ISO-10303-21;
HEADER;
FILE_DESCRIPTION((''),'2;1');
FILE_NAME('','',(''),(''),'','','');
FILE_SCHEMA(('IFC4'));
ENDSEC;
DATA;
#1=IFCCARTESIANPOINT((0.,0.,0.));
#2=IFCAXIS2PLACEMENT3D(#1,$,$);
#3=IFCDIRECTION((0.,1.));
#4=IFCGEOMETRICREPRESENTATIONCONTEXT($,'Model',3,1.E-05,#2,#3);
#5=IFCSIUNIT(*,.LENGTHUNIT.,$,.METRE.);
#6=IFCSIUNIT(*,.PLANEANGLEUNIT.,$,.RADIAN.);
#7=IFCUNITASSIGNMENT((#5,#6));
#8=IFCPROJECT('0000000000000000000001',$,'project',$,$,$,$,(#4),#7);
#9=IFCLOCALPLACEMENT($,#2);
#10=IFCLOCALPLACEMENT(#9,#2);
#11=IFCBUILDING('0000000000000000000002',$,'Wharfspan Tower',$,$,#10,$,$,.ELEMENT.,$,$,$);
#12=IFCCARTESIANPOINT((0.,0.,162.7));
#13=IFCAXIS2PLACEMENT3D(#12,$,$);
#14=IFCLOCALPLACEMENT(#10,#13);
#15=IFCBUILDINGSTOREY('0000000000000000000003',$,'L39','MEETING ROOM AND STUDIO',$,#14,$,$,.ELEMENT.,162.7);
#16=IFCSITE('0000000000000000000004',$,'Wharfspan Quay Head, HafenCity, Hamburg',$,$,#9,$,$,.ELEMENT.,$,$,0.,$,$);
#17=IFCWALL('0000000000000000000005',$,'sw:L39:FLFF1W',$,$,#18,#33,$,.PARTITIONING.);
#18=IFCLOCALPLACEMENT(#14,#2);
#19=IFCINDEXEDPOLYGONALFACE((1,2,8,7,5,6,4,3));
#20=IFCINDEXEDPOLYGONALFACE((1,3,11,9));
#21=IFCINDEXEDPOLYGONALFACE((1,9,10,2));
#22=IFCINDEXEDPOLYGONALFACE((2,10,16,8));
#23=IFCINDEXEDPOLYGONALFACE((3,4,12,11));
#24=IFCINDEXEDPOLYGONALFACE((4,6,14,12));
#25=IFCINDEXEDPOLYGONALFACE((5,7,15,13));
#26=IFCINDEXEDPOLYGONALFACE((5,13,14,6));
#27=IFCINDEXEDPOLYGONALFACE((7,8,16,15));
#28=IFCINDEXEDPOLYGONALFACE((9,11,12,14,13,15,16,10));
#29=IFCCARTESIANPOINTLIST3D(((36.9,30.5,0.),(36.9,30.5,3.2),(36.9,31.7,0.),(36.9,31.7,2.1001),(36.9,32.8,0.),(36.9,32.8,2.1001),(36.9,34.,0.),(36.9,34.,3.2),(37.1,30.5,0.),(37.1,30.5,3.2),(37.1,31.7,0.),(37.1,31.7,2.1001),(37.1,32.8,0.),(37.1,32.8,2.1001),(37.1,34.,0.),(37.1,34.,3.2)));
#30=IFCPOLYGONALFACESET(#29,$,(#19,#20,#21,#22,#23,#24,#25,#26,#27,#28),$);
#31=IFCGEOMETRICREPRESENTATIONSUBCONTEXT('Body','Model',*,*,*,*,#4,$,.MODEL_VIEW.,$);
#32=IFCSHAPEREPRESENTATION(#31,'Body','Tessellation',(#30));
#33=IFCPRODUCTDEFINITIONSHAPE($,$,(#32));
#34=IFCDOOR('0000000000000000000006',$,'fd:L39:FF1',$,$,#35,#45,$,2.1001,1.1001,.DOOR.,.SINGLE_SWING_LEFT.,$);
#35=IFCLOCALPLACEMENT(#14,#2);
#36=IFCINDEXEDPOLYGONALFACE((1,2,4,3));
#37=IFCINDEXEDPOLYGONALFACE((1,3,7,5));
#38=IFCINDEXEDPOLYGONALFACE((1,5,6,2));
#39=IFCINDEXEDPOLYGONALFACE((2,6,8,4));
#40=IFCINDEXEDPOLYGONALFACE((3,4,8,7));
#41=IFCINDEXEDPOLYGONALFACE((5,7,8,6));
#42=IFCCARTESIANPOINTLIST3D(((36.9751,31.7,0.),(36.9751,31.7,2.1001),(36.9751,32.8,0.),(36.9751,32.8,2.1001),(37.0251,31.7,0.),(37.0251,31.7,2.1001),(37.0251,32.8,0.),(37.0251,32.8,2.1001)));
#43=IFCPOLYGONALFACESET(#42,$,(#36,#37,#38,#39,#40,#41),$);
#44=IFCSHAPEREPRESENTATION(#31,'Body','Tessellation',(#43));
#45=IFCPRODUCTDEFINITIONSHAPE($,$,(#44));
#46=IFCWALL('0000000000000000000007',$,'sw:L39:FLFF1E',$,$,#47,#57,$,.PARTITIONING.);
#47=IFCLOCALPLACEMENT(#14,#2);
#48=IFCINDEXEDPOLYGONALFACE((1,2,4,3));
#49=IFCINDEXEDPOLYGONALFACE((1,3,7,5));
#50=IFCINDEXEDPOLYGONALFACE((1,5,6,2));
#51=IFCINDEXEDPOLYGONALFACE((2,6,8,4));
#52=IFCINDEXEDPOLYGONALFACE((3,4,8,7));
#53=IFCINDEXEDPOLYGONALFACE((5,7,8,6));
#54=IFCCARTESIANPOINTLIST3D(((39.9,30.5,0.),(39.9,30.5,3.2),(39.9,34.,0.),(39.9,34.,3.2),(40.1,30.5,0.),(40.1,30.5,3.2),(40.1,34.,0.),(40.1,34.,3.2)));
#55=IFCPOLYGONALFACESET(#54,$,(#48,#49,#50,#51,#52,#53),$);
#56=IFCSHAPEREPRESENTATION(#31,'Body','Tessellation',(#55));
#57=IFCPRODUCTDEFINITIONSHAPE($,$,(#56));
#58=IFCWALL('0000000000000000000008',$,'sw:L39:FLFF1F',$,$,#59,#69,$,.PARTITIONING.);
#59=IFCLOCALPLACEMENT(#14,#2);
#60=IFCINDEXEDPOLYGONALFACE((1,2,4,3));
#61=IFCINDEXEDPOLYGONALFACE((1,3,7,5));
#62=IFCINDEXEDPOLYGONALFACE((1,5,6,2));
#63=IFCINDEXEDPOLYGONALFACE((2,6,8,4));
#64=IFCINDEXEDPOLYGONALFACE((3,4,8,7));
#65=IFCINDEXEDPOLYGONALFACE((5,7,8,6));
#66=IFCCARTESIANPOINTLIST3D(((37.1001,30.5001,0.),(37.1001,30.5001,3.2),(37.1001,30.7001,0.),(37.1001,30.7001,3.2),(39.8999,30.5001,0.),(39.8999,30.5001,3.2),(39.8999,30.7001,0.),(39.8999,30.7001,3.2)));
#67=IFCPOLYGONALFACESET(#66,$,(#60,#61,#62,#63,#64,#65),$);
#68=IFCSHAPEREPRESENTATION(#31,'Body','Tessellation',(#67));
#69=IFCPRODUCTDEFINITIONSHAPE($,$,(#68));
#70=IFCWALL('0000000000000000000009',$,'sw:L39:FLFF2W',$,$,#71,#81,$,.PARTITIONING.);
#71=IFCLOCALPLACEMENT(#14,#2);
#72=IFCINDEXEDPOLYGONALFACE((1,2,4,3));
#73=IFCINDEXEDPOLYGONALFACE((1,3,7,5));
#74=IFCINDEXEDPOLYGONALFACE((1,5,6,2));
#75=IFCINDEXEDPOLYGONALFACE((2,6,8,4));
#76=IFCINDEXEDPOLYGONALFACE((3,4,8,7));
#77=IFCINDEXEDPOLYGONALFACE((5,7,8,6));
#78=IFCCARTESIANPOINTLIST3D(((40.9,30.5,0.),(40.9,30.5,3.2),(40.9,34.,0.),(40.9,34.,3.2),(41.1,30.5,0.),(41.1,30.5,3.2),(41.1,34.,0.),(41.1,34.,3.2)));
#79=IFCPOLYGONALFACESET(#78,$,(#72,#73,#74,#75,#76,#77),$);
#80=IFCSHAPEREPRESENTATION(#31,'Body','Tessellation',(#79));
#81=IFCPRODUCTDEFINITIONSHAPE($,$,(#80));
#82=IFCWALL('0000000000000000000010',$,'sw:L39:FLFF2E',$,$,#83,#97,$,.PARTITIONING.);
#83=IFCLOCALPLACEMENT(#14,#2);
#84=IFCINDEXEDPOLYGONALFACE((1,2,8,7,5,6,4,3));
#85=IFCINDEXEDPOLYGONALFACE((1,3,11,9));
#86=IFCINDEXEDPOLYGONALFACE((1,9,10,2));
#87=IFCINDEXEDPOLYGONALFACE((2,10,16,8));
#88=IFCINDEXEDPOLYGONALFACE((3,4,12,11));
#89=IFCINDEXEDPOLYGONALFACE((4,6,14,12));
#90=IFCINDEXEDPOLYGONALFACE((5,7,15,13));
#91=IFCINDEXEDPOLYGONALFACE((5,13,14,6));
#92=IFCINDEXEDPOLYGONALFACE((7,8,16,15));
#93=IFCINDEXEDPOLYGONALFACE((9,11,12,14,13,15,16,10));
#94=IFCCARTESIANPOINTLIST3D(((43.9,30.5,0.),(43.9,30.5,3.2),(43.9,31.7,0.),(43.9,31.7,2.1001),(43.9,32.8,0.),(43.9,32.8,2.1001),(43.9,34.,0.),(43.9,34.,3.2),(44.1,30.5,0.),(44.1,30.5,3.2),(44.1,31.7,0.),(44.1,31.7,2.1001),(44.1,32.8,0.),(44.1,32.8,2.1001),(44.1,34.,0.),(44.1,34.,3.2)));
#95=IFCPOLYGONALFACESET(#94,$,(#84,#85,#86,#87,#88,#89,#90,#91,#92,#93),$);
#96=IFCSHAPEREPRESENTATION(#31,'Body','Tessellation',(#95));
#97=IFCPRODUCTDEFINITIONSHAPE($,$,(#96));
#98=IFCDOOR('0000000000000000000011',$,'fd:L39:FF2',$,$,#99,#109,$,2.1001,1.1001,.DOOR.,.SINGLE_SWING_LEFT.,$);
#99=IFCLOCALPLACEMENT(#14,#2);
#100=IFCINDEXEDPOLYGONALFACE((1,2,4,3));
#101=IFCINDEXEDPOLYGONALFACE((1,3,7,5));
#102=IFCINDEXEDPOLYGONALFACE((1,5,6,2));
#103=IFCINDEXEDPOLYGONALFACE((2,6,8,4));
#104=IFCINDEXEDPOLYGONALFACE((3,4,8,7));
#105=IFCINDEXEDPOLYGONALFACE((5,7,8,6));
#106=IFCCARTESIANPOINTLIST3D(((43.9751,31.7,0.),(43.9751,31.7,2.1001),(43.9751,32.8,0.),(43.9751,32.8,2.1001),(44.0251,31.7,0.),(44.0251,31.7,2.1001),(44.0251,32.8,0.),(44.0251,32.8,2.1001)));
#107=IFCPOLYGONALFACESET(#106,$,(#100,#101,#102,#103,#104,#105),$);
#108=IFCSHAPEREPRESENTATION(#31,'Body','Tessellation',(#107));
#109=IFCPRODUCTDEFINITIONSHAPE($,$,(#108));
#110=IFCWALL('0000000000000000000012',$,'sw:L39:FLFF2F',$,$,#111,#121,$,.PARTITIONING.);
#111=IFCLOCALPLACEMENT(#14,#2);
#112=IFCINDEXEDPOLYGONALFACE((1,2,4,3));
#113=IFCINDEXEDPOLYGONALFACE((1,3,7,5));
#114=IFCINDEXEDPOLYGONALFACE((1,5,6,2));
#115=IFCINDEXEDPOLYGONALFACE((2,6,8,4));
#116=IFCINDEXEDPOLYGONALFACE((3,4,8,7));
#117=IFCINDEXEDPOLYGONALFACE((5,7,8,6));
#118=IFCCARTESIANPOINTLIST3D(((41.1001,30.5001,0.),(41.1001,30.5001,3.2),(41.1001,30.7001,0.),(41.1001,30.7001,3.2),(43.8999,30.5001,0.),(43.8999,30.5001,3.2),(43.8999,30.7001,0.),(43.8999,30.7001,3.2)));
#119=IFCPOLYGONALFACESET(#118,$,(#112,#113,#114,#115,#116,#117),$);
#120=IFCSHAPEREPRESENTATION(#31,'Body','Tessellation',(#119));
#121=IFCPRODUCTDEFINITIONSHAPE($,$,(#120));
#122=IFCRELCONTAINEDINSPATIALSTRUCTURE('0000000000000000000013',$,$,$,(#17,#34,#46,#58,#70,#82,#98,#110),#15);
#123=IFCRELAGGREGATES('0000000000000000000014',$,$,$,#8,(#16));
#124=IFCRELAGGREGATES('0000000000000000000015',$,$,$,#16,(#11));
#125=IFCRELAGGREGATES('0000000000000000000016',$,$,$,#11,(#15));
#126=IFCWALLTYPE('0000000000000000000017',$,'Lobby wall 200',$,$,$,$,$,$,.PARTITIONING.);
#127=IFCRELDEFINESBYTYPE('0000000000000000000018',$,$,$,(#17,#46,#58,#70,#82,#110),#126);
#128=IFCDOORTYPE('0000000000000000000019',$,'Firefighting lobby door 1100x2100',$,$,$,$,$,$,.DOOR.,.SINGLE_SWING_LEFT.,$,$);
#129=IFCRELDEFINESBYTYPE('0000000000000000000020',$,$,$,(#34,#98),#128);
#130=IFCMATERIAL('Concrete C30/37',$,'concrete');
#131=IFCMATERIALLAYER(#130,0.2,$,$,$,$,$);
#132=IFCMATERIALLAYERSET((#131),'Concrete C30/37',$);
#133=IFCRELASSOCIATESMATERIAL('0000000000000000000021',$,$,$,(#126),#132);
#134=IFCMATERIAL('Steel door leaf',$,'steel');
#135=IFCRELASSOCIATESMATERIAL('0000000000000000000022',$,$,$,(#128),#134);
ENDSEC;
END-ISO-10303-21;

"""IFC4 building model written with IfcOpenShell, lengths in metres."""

from ifc_helpers import new_model, si_unit, direction, frame, frame_2d, origin, place, context, subcontext, project, spatial, rectangle, extrude, material, layer, layer_set, type_object, element, fill, save


model = new_model("IFC4")

# Units and contexts
model_context = context("Model", 3, precision=1e-05, world=origin(), true_north=direction((0.0, 1.0)))
body_context = subcontext(model_context, "Body", "Model", "MODEL_VIEW")
ifc_project = project(units=[si_unit("LENGTHUNIT", "METRE"), si_unit("PLANEANGLEUNIT", "RADIAN")], contexts=[model_context])

# Site, building, storey
site_placement = place(None, origin())
site = spatial("IfcSite", under=ifc_project, at=site_placement, Name="Wharfspan Quay Head, HafenCity, Hamburg", CompositionType="ELEMENT", RefElevation=0.0)
building_placement = place(site_placement, origin())
building = spatial("IfcBuilding", under=site, at=building_placement, Name="Wharfspan Tower", CompositionType="ELEMENT")
storey_placement = place(building_placement, frame((0.0, 0.0, 162.7)))
storey = spatial("IfcBuildingStorey", under=building, at=storey_placement, Name="L39", Description="MEETING ROOM AND STUDIO", CompositionType="ELEMENT", Elevation=162.7)

# Shared definitions
ifc_material_1 = material(Name="Steel door leaf", Category="steel")

# Wall, opening, door
ifc_material_2 = material(Name="Concrete C30/37", Category="concrete")
ifc_layer_1 = layer(ifc_material_2, 0.2)
ifc_layer_set_1 = layer_set([ifc_layer_1], Name="Concrete C30/37")
wall_type_1 = type_object("IfcWallType", Name="Lobby wall 200", PredefinedType="PARTITIONING", material=ifc_layer_set_1)
wall_1_placement = place(storey_placement, frame((37.0, 30.5, 0.0), z_axis=(0.0, 0.0, 1.0), x_axis=(0.0, 1.0, 0.0)))
wall_1 = element("IfcWall", 1, at=wall_1_placement, inside=storey, type_object=wall_type_1, Name="sw:L39:FLFF1W", PredefinedType="PARTITIONING", context=body_context, shape_type="SweptSolid", body=[
    extrude(rectangle(XDim=3.5, YDim=0.2, at=frame_2d((1.75, 0.0))), origin(), (0.0, 0.0, 1.0), 3.2),
])
opening_1_placement = place(wall_1_placement, frame((1.2, 0.0, 0.0)))
opening_1 = element("IfcOpeningElement", 2, at=opening_1_placement, cuts=wall_1, PredefinedType="OPENING", context=body_context, shape_type="SweptSolid", body=[
    extrude(rectangle(XDim=1.1001, YDim=2.1001, at=frame_2d((0.55, 1.05))), frame((0.0, 0.1099, 0.0), z_axis=(0.0, -1.0, 0.0), x_axis=(1.0, 0.0, 0.0)), (0.0, 0.0, 1.0), 0.22),
])
door_type_1 = type_object("IfcDoorType", Name="Firefighting lobby door 1100x2100", OperationType="SINGLE_SWING_LEFT", PredefinedType="DOOR", material=ifc_material_1)
door_1_placement = place(opening_1_placement, origin())
door_1 = element("IfcDoor", 3, at=door_1_placement, inside=storey, type_object=door_type_1, Name="fd:L39:FF1", OperationType="SINGLE_SWING_LEFT", OverallHeight=2.1001, OverallWidth=1.1001, PredefinedType="DOOR", context=body_context, shape_type="SweptSolid", body=[
    extrude(rectangle(XDim=1.1001, YDim=2.1001, at=frame_2d((0.55, 1.05))), frame((0.0, 0.0249, 0.0), z_axis=(0.0, -1.0, 0.0), x_axis=(1.0, 0.0, 0.0)), (0.0, 0.0, 1.0), 0.05),
])
fill(opening_1, door_1)

# Walls
wall_2_placement = place(storey_placement, frame((40.0, 30.5, 0.0), z_axis=(0.0, 0.0, 1.0), x_axis=(0.0, 1.0, 0.0)))
element("IfcWall", 4, at=wall_2_placement, inside=storey, type_object=wall_type_1, Name="sw:L39:FLFF1E", PredefinedType="PARTITIONING", context=body_context, shape_type="SweptSolid", body=[
    extrude(rectangle(XDim=3.5, YDim=0.2, at=frame_2d((1.75, 0.0))), origin(), (0.0, 0.0, 1.0), 3.2),
])
wall_3_placement = place(storey_placement, frame((37.1001, 30.6001, 0.0), z_axis=(0.0, 0.0, 1.0), x_axis=(1.0, 0.0, 0.0)))
element("IfcWall", 5, at=wall_3_placement, inside=storey, type_object=wall_type_1, Name="sw:L39:FLFF1F", PredefinedType="PARTITIONING", context=body_context, shape_type="SweptSolid", body=[
    extrude(rectangle(XDim=2.7998, YDim=0.2, at=frame_2d((1.3999, 0.0))), origin(), (0.0, 0.0, 1.0), 3.2),
])
wall_4_placement = place(storey_placement, frame((41.0, 30.5, 0.0), z_axis=(0.0, 0.0, 1.0), x_axis=(0.0, 1.0, 0.0)))
element("IfcWall", 6, at=wall_4_placement, inside=storey, type_object=wall_type_1, Name="sw:L39:FLFF2W", PredefinedType="PARTITIONING", context=body_context, shape_type="SweptSolid", body=[
    extrude(rectangle(XDim=3.5, YDim=0.2, at=frame_2d((1.75, 0.0))), origin(), (0.0, 0.0, 1.0), 3.2),
])

# Wall, opening, door
wall_5_placement = place(storey_placement, frame((44.0, 30.5, 0.0), z_axis=(0.0, 0.0, 1.0), x_axis=(0.0, 1.0, 0.0)))
wall_5 = element("IfcWall", 7, at=wall_5_placement, inside=storey, type_object=wall_type_1, Name="sw:L39:FLFF2E", PredefinedType="PARTITIONING", context=body_context, shape_type="SweptSolid", body=[
    extrude(rectangle(XDim=3.5, YDim=0.2, at=frame_2d((1.75, 0.0))), origin(), (0.0, 0.0, 1.0), 3.2),
])
opening_2_placement = place(wall_5_placement, frame((1.2, 0.0, 0.0)))
opening_2 = element("IfcOpeningElement", 8, at=opening_2_placement, cuts=wall_5, PredefinedType="OPENING", context=body_context, shape_type="SweptSolid", body=[
    extrude(rectangle(XDim=1.1001, YDim=2.1001, at=frame_2d((0.55, 1.05))), frame((0.0, 0.1099, 0.0), z_axis=(0.0, -1.0, 0.0), x_axis=(1.0, 0.0, 0.0)), (0.0, 0.0, 1.0), 0.22),
])
door_2_placement = place(opening_2_placement, origin())
door_2 = element("IfcDoor", 9, at=door_2_placement, inside=storey, type_object=door_type_1, Name="fd:L39:FF2", OperationType="SINGLE_SWING_LEFT", OverallHeight=2.1001, OverallWidth=1.1001, PredefinedType="DOOR", context=body_context, shape_type="SweptSolid", body=[
    extrude(rectangle(XDim=1.1001, YDim=2.1001, at=frame_2d((0.55, 1.05))), frame((0.0, 0.0249, 0.0), z_axis=(0.0, -1.0, 0.0), x_axis=(1.0, 0.0, 0.0)), (0.0, 0.0, 1.0), 0.05),
])
fill(opening_2, door_2)

# Wall
wall_6_placement = place(storey_placement, frame((41.1001, 30.6001, 0.0), z_axis=(0.0, 0.0, 1.0), x_axis=(1.0, 0.0, 0.0)))
element("IfcWall", 10, at=wall_6_placement, inside=storey, type_object=wall_type_1, Name="sw:L39:FLFF2F", PredefinedType="PARTITIONING", context=body_context, shape_type="SweptSolid", body=[
    extrude(rectangle(XDim=2.7998, YDim=0.2, at=frame_2d((1.3999, 0.0))), origin(), (0.0, 0.0, 1.0), 3.2),
])

save(model, "model.ifc")
